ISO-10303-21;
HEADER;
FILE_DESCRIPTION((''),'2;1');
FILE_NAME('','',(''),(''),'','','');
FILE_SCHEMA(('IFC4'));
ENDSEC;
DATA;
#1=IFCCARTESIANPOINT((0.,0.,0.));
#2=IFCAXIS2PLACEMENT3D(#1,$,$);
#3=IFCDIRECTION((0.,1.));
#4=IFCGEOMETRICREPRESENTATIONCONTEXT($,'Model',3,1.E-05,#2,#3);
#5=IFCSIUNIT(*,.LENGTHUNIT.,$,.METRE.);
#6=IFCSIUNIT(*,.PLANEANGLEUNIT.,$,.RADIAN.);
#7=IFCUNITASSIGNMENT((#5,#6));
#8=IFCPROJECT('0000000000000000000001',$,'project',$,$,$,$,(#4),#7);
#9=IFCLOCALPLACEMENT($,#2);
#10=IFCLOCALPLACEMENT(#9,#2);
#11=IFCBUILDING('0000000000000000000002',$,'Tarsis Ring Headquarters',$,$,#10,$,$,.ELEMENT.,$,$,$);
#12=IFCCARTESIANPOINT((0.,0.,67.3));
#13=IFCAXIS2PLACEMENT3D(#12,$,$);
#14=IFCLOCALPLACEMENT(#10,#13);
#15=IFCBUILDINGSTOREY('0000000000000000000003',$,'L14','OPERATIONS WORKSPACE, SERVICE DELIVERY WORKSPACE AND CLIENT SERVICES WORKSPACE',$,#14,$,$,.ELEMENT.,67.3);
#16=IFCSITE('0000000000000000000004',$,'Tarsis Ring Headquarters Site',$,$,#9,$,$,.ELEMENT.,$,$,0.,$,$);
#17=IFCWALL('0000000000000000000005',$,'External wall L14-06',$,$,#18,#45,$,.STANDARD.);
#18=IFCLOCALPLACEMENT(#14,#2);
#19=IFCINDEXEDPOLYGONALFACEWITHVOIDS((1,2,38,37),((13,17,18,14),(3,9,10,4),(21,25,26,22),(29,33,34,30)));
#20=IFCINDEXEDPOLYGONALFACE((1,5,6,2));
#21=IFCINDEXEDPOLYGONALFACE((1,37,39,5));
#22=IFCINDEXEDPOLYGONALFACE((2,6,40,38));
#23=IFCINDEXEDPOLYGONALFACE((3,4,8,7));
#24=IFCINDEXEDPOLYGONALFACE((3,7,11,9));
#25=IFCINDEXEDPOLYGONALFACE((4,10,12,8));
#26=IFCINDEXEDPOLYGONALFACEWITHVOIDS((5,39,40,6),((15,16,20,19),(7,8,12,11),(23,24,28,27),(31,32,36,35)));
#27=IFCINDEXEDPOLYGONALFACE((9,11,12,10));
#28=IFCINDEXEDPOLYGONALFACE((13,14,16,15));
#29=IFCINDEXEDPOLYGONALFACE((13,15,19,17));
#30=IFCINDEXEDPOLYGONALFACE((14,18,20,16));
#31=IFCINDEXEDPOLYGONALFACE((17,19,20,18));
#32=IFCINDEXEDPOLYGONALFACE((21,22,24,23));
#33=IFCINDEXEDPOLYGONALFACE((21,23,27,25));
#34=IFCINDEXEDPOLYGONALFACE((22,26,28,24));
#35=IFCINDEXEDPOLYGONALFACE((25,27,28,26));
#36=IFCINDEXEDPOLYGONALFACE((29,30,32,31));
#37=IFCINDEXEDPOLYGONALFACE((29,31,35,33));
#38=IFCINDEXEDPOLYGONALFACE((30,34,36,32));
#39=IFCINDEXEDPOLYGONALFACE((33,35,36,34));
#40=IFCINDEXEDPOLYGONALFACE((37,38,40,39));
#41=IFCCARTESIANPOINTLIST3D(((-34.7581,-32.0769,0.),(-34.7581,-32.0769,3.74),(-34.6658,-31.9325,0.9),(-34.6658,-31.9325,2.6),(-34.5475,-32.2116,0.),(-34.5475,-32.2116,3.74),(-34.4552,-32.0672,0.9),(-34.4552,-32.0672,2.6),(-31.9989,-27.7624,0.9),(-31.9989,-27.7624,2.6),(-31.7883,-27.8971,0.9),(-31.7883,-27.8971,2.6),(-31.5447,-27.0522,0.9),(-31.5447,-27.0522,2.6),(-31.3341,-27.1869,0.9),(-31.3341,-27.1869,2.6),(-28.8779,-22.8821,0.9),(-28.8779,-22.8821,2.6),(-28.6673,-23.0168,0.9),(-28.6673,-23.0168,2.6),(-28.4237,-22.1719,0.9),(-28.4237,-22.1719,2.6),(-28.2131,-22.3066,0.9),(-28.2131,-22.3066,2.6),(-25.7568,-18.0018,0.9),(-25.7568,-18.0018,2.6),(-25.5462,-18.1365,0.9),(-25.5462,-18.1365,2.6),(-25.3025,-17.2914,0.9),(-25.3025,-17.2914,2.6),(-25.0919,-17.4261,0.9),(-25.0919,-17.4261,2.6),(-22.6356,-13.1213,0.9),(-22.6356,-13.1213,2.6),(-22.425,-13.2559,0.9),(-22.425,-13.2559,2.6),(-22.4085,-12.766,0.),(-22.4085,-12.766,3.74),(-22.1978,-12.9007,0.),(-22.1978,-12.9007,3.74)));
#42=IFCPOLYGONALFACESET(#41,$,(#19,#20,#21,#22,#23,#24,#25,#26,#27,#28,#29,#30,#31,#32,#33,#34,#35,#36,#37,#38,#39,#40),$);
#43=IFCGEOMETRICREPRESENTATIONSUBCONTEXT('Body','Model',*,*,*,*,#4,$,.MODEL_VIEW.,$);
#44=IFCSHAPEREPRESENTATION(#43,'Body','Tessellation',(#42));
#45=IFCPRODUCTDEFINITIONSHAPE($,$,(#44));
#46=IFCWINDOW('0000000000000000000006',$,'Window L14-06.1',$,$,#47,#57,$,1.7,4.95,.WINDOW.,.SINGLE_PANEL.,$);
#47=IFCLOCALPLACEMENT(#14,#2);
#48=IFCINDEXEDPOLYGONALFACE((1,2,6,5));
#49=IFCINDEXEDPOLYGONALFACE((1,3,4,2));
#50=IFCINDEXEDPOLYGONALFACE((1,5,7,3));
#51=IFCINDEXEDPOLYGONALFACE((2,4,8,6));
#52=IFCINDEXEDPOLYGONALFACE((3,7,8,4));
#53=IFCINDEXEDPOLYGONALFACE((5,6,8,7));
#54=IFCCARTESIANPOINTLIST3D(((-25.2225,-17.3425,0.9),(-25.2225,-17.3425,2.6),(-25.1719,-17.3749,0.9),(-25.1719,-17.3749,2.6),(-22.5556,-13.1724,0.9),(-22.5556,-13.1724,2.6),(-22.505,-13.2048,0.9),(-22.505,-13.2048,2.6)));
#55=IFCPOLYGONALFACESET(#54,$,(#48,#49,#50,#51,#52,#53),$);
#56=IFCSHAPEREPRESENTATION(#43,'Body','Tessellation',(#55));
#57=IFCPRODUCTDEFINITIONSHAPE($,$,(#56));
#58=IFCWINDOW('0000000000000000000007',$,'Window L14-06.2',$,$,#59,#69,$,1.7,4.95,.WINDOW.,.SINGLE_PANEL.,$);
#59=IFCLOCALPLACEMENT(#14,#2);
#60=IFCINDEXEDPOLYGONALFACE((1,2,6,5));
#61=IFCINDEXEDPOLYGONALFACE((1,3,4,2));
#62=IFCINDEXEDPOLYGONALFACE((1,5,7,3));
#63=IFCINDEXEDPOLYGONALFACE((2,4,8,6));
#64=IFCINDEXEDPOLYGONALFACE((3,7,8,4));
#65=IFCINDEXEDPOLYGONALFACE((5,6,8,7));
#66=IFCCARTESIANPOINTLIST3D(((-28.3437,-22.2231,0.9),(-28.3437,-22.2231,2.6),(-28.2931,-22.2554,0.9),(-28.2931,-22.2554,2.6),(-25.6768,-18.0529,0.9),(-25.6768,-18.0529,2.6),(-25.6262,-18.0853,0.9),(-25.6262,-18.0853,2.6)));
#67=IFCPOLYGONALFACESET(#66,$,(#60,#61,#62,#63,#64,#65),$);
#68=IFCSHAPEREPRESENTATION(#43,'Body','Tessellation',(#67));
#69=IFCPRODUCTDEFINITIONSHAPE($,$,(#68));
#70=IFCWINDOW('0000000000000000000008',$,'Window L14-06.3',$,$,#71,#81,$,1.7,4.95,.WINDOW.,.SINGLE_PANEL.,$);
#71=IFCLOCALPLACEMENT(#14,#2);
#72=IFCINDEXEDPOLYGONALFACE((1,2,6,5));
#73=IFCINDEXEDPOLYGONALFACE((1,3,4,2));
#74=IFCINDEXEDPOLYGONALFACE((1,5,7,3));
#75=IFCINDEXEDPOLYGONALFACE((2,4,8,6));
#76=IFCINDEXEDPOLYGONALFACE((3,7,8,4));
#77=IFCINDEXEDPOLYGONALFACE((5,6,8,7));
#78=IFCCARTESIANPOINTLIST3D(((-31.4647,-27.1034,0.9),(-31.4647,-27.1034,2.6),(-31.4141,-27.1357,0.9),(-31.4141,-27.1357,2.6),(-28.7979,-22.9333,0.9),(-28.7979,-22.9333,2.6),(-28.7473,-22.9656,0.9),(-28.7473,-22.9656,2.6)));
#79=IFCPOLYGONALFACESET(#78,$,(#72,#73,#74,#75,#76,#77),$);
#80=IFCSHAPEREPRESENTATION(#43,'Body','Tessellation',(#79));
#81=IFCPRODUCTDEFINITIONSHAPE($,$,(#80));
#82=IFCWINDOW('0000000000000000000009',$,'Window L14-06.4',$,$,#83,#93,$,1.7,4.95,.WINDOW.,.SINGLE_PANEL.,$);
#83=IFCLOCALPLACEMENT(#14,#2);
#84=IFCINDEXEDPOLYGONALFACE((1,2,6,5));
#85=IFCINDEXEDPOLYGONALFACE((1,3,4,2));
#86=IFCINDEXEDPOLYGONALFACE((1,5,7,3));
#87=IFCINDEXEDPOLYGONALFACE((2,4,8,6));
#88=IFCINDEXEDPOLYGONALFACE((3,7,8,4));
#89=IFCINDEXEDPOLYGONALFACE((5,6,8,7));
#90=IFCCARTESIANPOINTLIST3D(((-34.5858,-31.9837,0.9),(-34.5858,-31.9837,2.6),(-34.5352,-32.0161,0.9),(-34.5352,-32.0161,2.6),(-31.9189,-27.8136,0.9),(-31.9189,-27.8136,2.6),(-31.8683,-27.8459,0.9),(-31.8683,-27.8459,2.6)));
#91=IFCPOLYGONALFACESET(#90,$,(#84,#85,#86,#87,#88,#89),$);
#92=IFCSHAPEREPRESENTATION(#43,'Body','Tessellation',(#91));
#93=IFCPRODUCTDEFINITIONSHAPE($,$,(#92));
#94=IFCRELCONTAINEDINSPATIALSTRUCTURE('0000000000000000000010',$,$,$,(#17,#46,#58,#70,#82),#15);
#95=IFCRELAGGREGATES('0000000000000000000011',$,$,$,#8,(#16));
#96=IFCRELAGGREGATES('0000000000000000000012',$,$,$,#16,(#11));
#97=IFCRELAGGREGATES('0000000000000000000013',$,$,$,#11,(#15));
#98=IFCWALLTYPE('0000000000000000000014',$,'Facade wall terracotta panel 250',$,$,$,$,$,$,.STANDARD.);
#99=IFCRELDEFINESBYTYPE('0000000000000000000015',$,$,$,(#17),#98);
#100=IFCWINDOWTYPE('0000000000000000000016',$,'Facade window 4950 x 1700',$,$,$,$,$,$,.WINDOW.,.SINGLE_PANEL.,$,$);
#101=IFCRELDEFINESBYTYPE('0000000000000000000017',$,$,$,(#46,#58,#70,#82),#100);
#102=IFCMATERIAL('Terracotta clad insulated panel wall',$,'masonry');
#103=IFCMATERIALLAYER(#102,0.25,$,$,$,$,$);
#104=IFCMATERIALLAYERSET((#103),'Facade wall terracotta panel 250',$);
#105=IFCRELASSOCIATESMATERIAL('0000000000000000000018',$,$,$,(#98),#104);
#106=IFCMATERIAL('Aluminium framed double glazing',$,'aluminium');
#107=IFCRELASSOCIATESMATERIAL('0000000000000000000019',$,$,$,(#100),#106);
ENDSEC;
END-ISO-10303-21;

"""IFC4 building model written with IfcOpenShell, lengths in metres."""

from ifc_helpers import new_model, si_unit, direction, frame, frame_2d, origin, place, context, subcontext, project, spatial, rectangle, extrude, material, layer, layer_set, type_object, element, fill, save


model = new_model("IFC4")

# Units and contexts
model_context = context("Model", 3, precision=1e-05, world=origin(), true_north=direction((0.0, 1.0)))
body_context = subcontext(model_context, "Body", "Model", "MODEL_VIEW")
ifc_project = project(units=[si_unit("LENGTHUNIT", "METRE"), si_unit("PLANEANGLEUNIT", "RADIAN")], contexts=[model_context])

# Site, building, storey
site_placement = place(None, origin())
site = spatial("IfcSite", under=ifc_project, at=site_placement, Name="Tarsis Ring Headquarters Site", CompositionType="ELEMENT", RefElevation=0.0)
building_placement = place(site_placement, origin())
building = spatial("IfcBuilding", under=site, at=building_placement, Name="Tarsis Ring Headquarters", CompositionType="ELEMENT")
storey_placement = place(building_placement, frame((0.0, 0.0, 67.3)))
storey = spatial("IfcBuildingStorey", under=building, at=storey_placement, Name="L14", Description="OPERATIONS WORKSPACE, SERVICE DELIVERY WORKSPACE AND CLIENT SERVICES WORKSPACE", CompositionType="ELEMENT", Elevation=67.3)

# Shared definitions
ifc_material_1 = material(Name="Terracotta clad insulated panel wall", Category="masonry")
ifc_layer_1 = layer(ifc_material_1, 0.25)
ifc_layer_set_1 = layer_set([ifc_layer_1], Name="Facade wall terracotta panel 250")
wall_type_1 = type_object("IfcWallType", Name="Facade wall terracotta panel 250", PredefinedType="STANDARD", material=ifc_layer_set_1)
ifc_material_2 = material(Name="Aluminium framed double glazing", Category="aluminium")

# Wall, openings, windows
wall_1_placement = place(storey_placement, frame((-22.3032, -12.8335, 0.0), z_axis=(0.0, 0.0, 1.0), x_axis=(-0.538766, -0.842455, 0.0)))
wall_1 = element("IfcWall", 1, at=wall_1_placement, inside=storey, type_object=wall_type_1, Name="External wall L14-06", PredefinedType="STANDARD", context=body_context, shape_type="SweptSolid", body=[
    extrude(rectangle(XDim=22.9221, YDim=0.25, at=frame_2d((11.4609, 0.0))), origin(), (0.0, 0.0, 1.0), 3.74),
])
opening_1_placement = place(wall_1_placement, frame((0.4214, 0.0, 0.8999)))
opening_1 = element("IfcOpeningElement", 2, at=opening_1_placement, cuts=wall_1, PredefinedType="OPENING", context=body_context, shape_type="SweptSolid", body=[
    extrude(rectangle(XDim=4.95, YDim=1.7, at=frame_2d((2.4751, 0.8501))), frame((0.0, 0.135, 0.0), z_axis=(0.0, -1.0, 0.0), x_axis=(1.0, 0.0, 0.0)), (0.0, 0.0, 1.0), 0.27),
])
opening_2_placement = place(wall_1_placement, frame((6.2146, 0.0, 0.8999)))
opening_2 = element("IfcOpeningElement", 3, at=opening_2_placement, cuts=wall_1, PredefinedType="OPENING", context=body_context, shape_type="SweptSolid", body=[
    extrude(rectangle(XDim=4.95, YDim=1.7, at=frame_2d((2.4751, 0.8501))), frame((0.0, 0.135, 0.0), z_axis=(0.0, -1.0, 0.0), x_axis=(1.0, 0.0, 0.0)), (0.0, 0.0, 1.0), 0.27),
])
opening_3_placement = place(wall_1_placement, frame((12.0076, 0.0, 0.8999)))
opening_3 = element("IfcOpeningElement", 4, at=opening_3_placement, cuts=wall_1, PredefinedType="OPENING", context=body_context, shape_type="SweptSolid", body=[
    extrude(rectangle(XDim=4.95, YDim=1.7, at=frame_2d((2.4751, 0.8501))), frame((0.0, 0.135, 0.0), z_axis=(0.0, -1.0, 0.0), x_axis=(1.0, 0.0, 0.0)), (0.0, 0.0, 1.0), 0.27),
])
opening_4_placement = place(wall_1_placement, frame((17.8005, 0.0, 0.8999)))
opening_4 = element("IfcOpeningElement", 5, at=opening_4_placement, cuts=wall_1, PredefinedType="OPENING", context=body_context, shape_type="SweptSolid", body=[
    extrude(rectangle(XDim=4.95, YDim=1.7, at=frame_2d((2.4751, 0.8501))), frame((0.0, 0.135, 0.0), z_axis=(0.0, -1.0, 0.0), x_axis=(1.0, 0.0, 0.0)), (0.0, 0.0, 1.0), 0.27),
])
window_type_1 = type_object("IfcWindowType", Name="Facade window 4950 x 1700", PartitioningType="SINGLE_PANEL", PredefinedType="WINDOW", material=ifc_material_2)
window_1_placement = place(opening_1_placement, origin())
window_1 = element("IfcWindow", 6, at=window_1_placement, inside=storey, type_object=window_type_1, Name="Window L14-06.1", OverallHeight=1.7, OverallWidth=4.95, PartitioningType="SINGLE_PANEL", PredefinedType="WINDOW", context=body_context, shape_type="SweptSolid", body=[
    extrude(rectangle(XDim=4.95, YDim=1.7, at=frame_2d((2.4751, 0.8501))), frame((0.0, 0.03, 0.0), z_axis=(0.0, -1.0, 0.0), x_axis=(1.0, 0.0, 0.0)), (0.0, 0.0, 1.0), 0.0601),
])
fill(opening_1, window_1)
window_2_placement = place(opening_2_placement, origin())
window_2 = element("IfcWindow", 7, at=window_2_placement, inside=storey, type_object=window_type_1, Name="Window L14-06.2", OverallHeight=1.7, OverallWidth=4.95, PartitioningType="SINGLE_PANEL", PredefinedType="WINDOW", context=body_context, shape_type="SweptSolid", body=[
    extrude(rectangle(XDim=4.95, YDim=1.7, at=frame_2d((2.4751, 0.8501))), frame((0.0, 0.03, 0.0), z_axis=(0.0, -1.0, 0.0), x_axis=(1.0, 0.0, 0.0)), (0.0, 0.0, 1.0), 0.0601),
])
fill(opening_2, window_2)
window_3_placement = place(opening_3_placement, origin())
window_3 = element("IfcWindow", 8, at=window_3_placement, inside=storey, type_object=window_type_1, Name="Window L14-06.3", OverallHeight=1.7, OverallWidth=4.95, PartitioningType="SINGLE_PANEL", PredefinedType="WINDOW", context=body_context, shape_type="SweptSolid", body=[
    extrude(rectangle(XDim=4.95, YDim=1.7, at=frame_2d((2.4751, 0.8501))), frame((0.0, 0.03, 0.0), z_axis=(0.0, -1.0, 0.0), x_axis=(1.0, 0.0, 0.0)), (0.0, 0.0, 1.0), 0.0601),
])
fill(opening_3, window_3)
window_4_placement = place(opening_4_placement, origin())
window_4 = element("IfcWindow", 9, at=window_4_placement, inside=storey, type_object=window_type_1, Name="Window L14-06.4", OverallHeight=1.7, OverallWidth=4.95, PartitioningType="SINGLE_PANEL", PredefinedType="WINDOW", context=body_context, shape_type="SweptSolid", body=[
    extrude(rectangle(XDim=4.95, YDim=1.7, at=frame_2d((2.4751, 0.8501))), frame((0.0, 0.03, 0.0), z_axis=(0.0, -1.0, 0.0), x_axis=(1.0, 0.0, 0.0)), (0.0, 0.0, 1.0), 0.0601),
])
fill(opening_4, window_4)

save(model, "model.ifc")
